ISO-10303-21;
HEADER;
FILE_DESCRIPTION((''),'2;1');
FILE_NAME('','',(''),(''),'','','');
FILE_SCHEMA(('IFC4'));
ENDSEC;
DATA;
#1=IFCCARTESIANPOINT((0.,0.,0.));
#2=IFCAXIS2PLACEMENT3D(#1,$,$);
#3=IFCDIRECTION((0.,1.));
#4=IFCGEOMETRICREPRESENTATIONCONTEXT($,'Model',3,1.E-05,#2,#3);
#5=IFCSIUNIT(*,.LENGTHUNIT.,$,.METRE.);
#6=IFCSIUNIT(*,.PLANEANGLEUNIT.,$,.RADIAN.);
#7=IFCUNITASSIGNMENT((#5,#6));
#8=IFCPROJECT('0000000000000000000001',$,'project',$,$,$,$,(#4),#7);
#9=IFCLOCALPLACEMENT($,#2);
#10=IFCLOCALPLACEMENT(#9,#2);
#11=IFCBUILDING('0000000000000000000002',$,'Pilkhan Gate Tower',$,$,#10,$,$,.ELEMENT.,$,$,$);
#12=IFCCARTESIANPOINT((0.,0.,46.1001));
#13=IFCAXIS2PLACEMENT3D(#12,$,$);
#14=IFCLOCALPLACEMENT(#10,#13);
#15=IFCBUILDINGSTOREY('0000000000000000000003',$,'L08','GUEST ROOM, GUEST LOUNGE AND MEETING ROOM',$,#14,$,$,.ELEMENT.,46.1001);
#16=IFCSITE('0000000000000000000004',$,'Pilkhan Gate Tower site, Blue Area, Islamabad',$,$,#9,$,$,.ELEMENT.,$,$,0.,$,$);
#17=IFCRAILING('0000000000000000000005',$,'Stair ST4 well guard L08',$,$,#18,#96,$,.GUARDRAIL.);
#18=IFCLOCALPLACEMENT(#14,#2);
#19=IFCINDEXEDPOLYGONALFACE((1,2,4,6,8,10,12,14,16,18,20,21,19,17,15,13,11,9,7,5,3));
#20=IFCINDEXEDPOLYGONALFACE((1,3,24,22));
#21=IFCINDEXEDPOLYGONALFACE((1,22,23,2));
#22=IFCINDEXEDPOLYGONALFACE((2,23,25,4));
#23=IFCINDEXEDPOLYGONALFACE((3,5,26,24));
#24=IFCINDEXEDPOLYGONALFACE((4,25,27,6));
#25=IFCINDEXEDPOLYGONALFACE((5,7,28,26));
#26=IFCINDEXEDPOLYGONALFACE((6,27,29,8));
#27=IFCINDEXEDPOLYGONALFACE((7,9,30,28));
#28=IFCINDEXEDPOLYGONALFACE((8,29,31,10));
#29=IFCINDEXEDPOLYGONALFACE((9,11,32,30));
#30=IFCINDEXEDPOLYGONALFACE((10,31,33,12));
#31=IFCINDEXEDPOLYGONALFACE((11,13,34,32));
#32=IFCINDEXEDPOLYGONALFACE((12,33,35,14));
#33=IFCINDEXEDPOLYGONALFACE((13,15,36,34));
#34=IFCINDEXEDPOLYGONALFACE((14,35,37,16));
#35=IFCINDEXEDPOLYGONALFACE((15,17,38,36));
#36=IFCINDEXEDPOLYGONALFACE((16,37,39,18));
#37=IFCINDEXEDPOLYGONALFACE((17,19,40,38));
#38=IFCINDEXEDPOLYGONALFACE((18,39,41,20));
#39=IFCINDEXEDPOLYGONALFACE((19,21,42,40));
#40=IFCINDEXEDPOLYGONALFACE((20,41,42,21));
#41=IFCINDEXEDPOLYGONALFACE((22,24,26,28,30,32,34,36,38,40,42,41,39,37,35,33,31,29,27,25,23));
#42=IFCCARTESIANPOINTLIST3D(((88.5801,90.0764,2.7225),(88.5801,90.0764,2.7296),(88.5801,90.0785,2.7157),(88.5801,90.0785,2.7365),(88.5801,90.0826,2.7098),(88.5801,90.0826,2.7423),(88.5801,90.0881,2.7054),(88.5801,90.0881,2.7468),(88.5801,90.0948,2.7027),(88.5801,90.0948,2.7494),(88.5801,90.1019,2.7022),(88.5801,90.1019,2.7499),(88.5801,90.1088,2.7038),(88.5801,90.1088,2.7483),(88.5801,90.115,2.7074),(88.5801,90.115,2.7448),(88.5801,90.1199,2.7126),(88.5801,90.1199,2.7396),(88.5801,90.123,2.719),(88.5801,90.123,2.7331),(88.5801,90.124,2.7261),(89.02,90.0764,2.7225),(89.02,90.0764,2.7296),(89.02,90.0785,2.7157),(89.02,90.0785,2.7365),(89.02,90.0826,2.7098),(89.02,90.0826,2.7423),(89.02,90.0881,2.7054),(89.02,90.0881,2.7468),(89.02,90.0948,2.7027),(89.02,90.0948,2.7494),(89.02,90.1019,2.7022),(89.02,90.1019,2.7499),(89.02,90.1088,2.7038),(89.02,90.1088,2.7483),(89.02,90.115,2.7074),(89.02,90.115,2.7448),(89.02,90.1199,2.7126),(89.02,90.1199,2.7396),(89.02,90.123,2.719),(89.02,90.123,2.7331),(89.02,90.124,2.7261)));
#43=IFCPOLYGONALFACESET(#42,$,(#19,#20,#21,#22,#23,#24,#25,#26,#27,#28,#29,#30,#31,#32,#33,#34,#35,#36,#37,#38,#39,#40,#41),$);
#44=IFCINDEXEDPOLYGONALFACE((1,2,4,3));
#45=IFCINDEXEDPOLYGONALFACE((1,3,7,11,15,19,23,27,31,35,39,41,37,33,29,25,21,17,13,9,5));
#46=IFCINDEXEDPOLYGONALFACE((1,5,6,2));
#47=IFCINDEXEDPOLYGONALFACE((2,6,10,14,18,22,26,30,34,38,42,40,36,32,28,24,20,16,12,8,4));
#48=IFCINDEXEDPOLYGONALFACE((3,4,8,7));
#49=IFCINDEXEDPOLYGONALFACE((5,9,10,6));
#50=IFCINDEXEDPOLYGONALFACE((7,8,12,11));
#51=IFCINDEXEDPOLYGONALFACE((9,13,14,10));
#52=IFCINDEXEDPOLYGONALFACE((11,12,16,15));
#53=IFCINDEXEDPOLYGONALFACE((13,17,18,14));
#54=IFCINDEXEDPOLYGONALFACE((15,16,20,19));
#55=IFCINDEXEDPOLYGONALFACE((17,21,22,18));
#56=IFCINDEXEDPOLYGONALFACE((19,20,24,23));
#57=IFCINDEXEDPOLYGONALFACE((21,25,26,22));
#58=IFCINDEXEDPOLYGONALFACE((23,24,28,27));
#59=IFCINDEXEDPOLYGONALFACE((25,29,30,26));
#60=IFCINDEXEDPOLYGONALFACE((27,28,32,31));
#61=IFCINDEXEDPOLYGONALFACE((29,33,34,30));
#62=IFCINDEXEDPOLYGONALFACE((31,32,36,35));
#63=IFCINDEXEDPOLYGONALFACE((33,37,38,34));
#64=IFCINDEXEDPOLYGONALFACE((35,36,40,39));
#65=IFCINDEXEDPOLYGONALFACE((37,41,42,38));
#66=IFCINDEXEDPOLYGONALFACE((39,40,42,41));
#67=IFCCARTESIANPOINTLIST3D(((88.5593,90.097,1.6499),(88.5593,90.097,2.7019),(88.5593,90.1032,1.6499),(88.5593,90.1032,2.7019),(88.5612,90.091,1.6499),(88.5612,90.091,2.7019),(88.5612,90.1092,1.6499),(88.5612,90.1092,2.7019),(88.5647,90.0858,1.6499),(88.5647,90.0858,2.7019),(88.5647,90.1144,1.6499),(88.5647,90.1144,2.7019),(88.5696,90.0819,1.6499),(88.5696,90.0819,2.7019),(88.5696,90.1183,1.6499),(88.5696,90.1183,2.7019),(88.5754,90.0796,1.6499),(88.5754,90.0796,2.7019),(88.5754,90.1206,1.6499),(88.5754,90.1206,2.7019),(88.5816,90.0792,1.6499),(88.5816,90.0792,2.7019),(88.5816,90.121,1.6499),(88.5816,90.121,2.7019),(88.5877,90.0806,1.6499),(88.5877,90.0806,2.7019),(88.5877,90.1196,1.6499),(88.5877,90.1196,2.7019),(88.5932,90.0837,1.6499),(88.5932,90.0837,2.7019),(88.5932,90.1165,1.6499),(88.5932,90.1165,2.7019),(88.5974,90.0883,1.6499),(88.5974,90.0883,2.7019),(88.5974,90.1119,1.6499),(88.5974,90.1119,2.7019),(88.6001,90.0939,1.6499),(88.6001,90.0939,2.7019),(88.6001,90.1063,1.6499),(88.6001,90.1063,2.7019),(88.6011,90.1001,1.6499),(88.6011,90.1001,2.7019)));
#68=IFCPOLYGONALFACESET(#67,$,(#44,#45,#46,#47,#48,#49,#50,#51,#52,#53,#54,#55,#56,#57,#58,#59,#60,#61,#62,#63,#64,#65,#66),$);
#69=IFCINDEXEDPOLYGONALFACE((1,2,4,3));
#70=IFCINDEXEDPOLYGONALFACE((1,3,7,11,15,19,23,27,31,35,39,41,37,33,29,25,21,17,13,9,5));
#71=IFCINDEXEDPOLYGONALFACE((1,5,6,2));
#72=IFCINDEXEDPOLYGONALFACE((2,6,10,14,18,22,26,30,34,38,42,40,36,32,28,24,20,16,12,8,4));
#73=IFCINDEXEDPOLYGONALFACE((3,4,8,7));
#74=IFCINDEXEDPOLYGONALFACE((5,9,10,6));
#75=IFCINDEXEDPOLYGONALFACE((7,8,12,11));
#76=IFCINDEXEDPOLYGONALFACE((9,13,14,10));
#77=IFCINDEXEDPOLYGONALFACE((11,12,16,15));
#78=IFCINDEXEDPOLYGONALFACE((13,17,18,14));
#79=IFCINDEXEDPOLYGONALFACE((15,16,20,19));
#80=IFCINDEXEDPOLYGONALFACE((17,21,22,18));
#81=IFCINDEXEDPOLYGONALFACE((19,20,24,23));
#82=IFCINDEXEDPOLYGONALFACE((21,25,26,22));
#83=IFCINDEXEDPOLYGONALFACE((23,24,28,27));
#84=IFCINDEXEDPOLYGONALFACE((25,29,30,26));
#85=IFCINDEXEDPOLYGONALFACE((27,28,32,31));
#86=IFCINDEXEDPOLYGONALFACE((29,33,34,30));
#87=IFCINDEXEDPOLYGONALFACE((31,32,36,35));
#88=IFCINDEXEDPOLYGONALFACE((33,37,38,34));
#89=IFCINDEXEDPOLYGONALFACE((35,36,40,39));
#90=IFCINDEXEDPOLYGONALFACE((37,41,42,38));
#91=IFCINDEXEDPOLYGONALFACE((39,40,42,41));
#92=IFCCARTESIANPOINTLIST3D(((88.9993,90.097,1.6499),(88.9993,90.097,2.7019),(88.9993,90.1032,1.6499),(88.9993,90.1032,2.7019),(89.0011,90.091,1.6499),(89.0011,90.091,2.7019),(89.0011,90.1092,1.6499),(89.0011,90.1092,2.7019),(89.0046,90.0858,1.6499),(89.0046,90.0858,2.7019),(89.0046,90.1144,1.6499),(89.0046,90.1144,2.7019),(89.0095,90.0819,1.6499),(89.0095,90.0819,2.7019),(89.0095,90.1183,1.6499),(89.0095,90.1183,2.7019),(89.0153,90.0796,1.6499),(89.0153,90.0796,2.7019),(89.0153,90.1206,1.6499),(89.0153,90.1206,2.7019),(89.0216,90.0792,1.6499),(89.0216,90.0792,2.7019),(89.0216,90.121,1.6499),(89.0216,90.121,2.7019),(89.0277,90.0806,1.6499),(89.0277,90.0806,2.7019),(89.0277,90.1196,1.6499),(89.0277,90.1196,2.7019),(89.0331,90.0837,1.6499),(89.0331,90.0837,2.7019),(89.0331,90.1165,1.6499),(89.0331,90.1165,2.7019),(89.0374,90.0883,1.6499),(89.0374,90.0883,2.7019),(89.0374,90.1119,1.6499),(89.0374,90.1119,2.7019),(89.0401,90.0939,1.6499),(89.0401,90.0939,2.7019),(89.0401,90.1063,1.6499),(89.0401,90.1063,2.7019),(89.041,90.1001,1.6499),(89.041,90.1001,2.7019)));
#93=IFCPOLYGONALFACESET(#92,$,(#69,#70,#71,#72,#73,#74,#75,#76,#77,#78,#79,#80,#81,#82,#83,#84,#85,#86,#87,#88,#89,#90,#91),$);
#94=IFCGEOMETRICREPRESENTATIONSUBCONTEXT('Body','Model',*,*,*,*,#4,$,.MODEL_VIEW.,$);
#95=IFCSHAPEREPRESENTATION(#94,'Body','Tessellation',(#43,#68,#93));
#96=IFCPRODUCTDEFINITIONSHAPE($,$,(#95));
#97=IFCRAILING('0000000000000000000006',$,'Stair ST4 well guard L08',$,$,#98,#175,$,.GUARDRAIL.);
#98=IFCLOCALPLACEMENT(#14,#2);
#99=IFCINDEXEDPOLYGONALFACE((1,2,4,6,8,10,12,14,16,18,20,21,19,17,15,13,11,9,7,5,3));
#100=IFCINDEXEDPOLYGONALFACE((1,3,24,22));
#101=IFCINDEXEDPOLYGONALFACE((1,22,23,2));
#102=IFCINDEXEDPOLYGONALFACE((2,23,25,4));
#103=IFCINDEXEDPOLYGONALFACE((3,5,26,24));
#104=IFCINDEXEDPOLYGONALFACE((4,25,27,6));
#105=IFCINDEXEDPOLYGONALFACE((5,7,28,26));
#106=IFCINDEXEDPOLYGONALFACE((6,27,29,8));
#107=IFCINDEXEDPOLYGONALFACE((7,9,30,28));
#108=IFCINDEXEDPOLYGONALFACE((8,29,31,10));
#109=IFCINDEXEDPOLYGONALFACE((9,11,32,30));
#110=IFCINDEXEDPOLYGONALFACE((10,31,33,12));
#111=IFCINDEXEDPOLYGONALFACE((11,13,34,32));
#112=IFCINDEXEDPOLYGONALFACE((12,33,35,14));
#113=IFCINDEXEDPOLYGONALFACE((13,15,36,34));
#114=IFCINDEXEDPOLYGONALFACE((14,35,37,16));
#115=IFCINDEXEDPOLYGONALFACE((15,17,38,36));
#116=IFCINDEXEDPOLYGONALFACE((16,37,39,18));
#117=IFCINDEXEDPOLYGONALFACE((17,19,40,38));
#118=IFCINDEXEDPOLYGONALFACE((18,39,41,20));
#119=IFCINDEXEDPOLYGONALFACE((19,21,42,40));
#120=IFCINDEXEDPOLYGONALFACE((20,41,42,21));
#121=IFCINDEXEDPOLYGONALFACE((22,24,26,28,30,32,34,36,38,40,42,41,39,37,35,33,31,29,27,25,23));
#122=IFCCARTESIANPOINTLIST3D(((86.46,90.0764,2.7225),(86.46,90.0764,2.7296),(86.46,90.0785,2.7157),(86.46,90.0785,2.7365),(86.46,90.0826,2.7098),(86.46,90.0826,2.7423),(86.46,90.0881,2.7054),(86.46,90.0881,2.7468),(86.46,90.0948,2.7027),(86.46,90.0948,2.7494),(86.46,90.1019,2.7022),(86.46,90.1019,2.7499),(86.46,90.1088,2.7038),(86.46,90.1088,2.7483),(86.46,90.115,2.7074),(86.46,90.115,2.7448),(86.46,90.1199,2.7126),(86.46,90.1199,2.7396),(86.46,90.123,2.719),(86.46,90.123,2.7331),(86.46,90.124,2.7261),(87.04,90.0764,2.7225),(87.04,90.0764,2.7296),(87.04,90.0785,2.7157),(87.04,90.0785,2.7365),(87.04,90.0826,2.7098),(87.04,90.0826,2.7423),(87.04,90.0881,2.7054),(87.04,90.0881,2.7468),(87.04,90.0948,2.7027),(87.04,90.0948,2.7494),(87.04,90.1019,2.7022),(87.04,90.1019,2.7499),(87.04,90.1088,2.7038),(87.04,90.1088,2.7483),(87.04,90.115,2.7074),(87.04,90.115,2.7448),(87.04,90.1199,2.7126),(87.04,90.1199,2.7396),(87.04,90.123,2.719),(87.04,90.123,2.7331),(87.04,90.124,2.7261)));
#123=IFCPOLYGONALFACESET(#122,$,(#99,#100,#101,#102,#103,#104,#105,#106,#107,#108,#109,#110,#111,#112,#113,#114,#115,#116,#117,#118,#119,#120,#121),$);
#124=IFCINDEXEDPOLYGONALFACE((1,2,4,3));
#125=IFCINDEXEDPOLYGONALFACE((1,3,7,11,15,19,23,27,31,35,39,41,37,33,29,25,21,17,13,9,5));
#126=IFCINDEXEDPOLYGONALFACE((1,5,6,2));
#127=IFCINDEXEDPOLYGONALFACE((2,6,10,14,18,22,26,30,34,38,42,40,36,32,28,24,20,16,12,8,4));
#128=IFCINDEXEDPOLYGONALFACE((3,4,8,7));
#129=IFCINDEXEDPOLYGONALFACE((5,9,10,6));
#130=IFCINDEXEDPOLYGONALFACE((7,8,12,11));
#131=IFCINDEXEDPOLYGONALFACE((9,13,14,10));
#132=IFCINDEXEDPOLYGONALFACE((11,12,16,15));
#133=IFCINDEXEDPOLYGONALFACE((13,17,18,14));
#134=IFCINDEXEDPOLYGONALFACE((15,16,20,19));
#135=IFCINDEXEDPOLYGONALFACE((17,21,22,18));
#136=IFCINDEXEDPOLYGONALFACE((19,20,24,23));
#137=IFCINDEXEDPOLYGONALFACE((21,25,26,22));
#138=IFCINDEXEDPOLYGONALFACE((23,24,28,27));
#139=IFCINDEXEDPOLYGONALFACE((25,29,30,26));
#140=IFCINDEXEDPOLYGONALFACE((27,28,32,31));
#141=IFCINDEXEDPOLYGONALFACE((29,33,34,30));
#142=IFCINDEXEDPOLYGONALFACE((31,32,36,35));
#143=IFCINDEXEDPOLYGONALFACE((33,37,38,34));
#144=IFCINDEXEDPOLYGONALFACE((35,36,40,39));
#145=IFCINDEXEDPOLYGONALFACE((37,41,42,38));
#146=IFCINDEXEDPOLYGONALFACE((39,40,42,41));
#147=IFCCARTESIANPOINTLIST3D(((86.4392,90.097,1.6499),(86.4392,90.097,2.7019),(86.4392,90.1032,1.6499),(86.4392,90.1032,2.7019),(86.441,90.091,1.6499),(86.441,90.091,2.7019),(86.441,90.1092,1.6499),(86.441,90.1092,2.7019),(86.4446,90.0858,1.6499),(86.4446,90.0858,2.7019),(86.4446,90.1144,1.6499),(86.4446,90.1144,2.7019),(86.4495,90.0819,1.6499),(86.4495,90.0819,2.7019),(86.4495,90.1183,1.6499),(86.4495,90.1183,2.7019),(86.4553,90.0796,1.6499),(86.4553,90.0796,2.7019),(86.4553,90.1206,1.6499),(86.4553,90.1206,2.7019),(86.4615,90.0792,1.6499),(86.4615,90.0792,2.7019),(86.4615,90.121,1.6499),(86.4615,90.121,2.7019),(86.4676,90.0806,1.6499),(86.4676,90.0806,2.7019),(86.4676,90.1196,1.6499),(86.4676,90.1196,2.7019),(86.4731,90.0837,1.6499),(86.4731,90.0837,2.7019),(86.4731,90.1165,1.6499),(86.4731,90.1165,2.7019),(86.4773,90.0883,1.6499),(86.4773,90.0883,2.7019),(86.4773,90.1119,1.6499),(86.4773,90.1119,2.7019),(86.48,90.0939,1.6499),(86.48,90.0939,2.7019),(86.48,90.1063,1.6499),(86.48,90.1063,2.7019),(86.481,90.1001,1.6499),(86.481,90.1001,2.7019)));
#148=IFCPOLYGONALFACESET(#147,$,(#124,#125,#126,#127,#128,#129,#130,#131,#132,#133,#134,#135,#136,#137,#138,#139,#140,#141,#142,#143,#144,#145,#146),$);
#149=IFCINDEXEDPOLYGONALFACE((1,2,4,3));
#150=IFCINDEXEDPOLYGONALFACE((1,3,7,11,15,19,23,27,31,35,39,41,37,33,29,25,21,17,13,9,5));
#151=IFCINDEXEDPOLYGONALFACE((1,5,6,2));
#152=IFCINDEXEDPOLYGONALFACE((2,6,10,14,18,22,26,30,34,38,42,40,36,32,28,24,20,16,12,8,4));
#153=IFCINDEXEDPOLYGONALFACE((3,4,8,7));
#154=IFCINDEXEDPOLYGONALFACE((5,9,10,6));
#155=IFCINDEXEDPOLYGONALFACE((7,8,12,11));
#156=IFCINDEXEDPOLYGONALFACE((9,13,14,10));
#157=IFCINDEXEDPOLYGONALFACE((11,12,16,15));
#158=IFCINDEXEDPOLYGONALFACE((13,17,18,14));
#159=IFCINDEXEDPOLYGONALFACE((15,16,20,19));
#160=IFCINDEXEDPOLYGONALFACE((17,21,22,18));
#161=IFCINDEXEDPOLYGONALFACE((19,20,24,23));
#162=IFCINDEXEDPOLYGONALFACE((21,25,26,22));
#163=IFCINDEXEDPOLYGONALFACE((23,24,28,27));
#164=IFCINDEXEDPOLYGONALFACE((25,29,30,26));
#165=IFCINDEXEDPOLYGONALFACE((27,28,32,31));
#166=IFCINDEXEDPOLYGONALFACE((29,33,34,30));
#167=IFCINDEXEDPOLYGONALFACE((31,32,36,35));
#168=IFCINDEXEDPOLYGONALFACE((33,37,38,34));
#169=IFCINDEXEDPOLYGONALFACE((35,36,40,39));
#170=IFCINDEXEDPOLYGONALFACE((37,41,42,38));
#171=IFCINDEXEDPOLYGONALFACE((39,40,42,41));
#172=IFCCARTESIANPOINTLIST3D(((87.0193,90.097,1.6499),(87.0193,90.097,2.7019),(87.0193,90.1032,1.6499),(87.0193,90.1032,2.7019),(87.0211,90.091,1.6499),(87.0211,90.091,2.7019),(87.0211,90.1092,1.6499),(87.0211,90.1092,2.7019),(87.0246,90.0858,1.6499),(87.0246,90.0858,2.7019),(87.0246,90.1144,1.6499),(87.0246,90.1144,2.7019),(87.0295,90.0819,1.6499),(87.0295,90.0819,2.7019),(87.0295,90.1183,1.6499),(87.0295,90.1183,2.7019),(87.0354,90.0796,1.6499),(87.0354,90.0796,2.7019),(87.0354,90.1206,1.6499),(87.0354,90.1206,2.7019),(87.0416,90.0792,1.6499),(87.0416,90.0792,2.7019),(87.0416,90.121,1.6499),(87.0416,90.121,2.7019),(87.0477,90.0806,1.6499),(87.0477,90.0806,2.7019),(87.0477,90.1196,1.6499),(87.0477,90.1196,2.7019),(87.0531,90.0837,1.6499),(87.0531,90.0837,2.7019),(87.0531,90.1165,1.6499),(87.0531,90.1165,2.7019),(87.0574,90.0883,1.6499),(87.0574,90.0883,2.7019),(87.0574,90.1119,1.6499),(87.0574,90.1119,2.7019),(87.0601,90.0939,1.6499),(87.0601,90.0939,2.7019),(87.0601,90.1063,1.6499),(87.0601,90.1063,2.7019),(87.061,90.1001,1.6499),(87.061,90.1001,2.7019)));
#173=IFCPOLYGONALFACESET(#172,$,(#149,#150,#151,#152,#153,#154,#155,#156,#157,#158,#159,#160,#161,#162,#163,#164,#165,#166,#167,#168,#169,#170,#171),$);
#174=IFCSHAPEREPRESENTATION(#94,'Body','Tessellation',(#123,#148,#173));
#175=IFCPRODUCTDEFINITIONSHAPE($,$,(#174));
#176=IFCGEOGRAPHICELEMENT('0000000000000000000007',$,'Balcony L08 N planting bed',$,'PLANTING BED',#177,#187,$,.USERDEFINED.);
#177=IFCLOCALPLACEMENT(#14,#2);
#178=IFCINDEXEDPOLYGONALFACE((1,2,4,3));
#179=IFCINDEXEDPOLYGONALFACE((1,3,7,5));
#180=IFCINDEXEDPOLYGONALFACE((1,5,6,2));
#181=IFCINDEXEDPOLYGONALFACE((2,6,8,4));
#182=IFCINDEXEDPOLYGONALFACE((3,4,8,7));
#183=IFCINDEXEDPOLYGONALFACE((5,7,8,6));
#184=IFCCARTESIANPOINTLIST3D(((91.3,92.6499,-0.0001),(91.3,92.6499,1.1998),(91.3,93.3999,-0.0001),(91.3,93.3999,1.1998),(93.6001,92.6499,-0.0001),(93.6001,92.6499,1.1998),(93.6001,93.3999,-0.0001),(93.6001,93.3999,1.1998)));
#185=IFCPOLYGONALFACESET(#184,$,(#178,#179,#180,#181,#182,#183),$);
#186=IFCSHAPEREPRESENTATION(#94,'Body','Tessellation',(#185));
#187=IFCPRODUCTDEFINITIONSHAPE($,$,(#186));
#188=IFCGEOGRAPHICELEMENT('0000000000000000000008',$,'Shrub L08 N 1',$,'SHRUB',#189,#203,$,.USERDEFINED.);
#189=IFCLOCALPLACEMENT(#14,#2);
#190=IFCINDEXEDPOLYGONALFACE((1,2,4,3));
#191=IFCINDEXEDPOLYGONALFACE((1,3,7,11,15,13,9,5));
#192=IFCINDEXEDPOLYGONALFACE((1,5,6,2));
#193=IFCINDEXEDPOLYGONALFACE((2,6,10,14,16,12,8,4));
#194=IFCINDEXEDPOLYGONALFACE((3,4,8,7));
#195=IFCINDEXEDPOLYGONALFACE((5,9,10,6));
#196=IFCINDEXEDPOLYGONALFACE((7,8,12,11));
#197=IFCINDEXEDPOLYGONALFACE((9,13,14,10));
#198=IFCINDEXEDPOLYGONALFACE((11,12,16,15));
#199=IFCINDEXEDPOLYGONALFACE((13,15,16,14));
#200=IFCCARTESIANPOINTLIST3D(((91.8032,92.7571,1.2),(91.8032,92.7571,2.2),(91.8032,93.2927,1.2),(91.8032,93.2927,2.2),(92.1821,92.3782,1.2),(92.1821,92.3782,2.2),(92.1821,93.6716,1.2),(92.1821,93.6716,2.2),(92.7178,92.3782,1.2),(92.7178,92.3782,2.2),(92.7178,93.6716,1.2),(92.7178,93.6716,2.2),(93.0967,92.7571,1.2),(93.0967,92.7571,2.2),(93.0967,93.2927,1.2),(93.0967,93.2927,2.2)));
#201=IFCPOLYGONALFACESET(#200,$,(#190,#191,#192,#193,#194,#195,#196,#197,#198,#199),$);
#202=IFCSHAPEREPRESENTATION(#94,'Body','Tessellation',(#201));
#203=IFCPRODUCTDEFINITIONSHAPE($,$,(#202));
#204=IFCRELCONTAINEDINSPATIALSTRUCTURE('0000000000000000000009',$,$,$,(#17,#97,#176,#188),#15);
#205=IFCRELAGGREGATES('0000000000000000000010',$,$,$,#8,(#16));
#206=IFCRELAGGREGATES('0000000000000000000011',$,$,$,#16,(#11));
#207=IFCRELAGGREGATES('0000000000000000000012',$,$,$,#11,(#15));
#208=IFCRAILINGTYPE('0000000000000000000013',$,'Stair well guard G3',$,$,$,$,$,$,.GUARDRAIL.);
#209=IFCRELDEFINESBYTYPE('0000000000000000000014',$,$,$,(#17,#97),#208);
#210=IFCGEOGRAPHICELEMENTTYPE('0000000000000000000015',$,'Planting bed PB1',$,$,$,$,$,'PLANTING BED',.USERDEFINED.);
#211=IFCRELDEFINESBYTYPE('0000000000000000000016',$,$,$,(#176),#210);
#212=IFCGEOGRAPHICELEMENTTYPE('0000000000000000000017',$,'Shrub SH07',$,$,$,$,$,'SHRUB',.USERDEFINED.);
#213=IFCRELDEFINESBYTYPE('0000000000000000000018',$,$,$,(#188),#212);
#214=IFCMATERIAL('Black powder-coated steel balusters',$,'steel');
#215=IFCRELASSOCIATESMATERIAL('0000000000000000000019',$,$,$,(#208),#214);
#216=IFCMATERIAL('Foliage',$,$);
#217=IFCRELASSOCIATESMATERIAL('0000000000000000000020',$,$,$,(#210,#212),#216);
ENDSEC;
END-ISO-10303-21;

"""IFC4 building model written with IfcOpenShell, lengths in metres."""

from ifc_helpers import new_model, si_unit, direction, frame, origin, origin_2d, place, context, subcontext, project, spatial, polyline, rectangle, circle, outline, extrude, material, material_profile, profile_set, type_object, element, save


model = new_model("IFC4")

# Units and contexts
model_context = context("Model", 3, precision=1e-05, world=origin(), true_north=direction((0.0, 1.0)))
body_context = subcontext(model_context, "Body", "Model", "MODEL_VIEW")
ifc_project = project(units=[si_unit("LENGTHUNIT", "METRE"), si_unit("PLANEANGLEUNIT", "RADIAN")], contexts=[model_context])

# Site, building, storey
site_placement = place(None, origin())
site = spatial("IfcSite", under=ifc_project, at=site_placement, Name="Pilkhan Gate Tower site, Blue Area, Islamabad", CompositionType="ELEMENT", RefElevation=0.0)
building_placement = place(site_placement, origin())
building = spatial("IfcBuilding", under=site, at=building_placement, Name="Pilkhan Gate Tower", CompositionType="ELEMENT")
storey_placement = place(building_placement, frame((0.0, 0.0, 46.1001)))
storey = spatial("IfcBuildingStorey", under=building, at=storey_placement, Name="L08", Description="GUEST ROOM, GUEST LOUNGE AND MEETING ROOM", CompositionType="ELEMENT", Elevation=46.1001)

# Railings
ifc_material_1 = material(Name="Black powder-coated steel balusters", Category="steel")
railing_type_1 = type_object("IfcRailingType", Name="Stair well guard G3", PredefinedType="GUARDRAIL", material=ifc_material_1)
railing_1_placement = place(storey_placement, frame((88.5801, 90.1001, 1.6499)))
element("IfcRailing", 1, at=railing_1_placement, inside=storey, type_object=railing_type_1, Name="Stair ST4 well guard L08", PredefinedType="GUARDRAIL", context=body_context, shape_type="SweptSolid", body=[
    extrude(circle(Radius=0.0239, at=origin_2d()), frame((0.0, 0.0, 1.0762), z_axis=(1.0, 0.0, 0.0), x_axis=(0.0, 1.0, 0.0)), (0.0, 0.0, 1.0), 0.4399),
    extrude(circle(Radius=0.021, at=origin_2d()), origin(), (0.0, 0.0, 1.0), 1.052),
    extrude(circle(Radius=0.021, at=origin_2d()), frame((0.4399, 0.0, 0.0)), (0.0, 0.0, 1.0), 1.052),
])
railing_2_placement = place(storey_placement, frame((86.46, 90.1001, 1.6499)))
element("IfcRailing", 2, at=railing_2_placement, inside=storey, type_object=railing_type_1, Name="Stair ST4 well guard L08", PredefinedType="GUARDRAIL", context=body_context, shape_type="SweptSolid", body=[
    extrude(circle(Radius=0.0239, at=origin_2d()), frame((0.0, 0.0, 1.0762), z_axis=(1.0, 0.0, 0.0), x_axis=(0.0, 1.0, 0.0)), (0.0, 0.0, 1.0), 0.5801),
    extrude(circle(Radius=0.021, at=origin_2d()), origin(), (0.0, 0.0, 1.0), 1.052),
    extrude(circle(Radius=0.021, at=origin_2d()), frame((0.5801, 0.0, 0.0)), (0.0, 0.0, 1.0), 1.052),
])

# Geographic elements
ifc_material_2 = material(Name="Foliage")
ifc_material_profile_1 = material_profile(ifc_material_2, rectangle(XDim=0.75, YDim=1.2, at=origin_2d()), Name="Bed 750x1200")
ifc_profile_set_1 = profile_set([ifc_material_profile_1], Name="Foliage")
geographic_element_type_1 = type_object("IfcGeographicElementType", Name="Planting bed PB1", ElementType="PLANTING BED", PredefinedType="USERDEFINED", material=ifc_profile_set_1)
geographic_element_1_placement = place(storey_placement, frame((91.3, 93.0249, 0.5999), z_axis=(1.0, 0.0, 0.0), x_axis=(0.0, 1.0, 0.0)))
element("IfcGeographicElement", 3, at=geographic_element_1_placement, inside=storey, type_object=geographic_element_type_1, Name="Balcony L08 N planting bed", ObjectType="PLANTING BED", PredefinedType="USERDEFINED", context=body_context, shape_type="SweptSolid", body=[
    extrude(rectangle(XDim=0.75, YDim=1.2, at=origin_2d()), origin(), (0.0, 0.0, 1.0), 2.3),
])
ifc_material_profile_2 = material_profile(ifc_material_2, outline(polyline([(0.6467, 0.2678), (0.2678, 0.6467), (-0.2678, 0.6467), (-0.6467, 0.2678), (-0.6467, -0.2678), (-0.2678, -0.6467), (0.2678, -0.6467), (0.6467, -0.2678), (0.6467, 0.2678)])), Name="Shrub D1.4")
ifc_profile_set_2 = profile_set([ifc_material_profile_2], Name="Foliage")
geographic_element_type_2 = type_object("IfcGeographicElementType", Name="Shrub SH07", ElementType="SHRUB", PredefinedType="USERDEFINED", material=ifc_profile_set_2)
geographic_element_2_placement = place(storey_placement, frame((92.45, 93.0249, 1.2), z_axis=(0.0, 0.0, 1.0), x_axis=(1.0, 0.0, 0.0)))
element("IfcGeographicElement", 4, at=geographic_element_2_placement, inside=storey, type_object=geographic_element_type_2, Name="Shrub L08 N 1", ObjectType="SHRUB", PredefinedType="USERDEFINED", context=body_context, shape_type="SweptSolid", body=[
    extrude(outline(polyline([(0.6467, 0.2678), (0.2678, 0.6467), (-0.2678, 0.6467), (-0.6467, 0.2678), (-0.6467, -0.2678), (-0.2678, -0.6467), (0.2678, -0.6467), (0.6467, -0.2678), (0.6467, 0.2678)])), origin(), (0.0, 0.0, 1.0), 1.0),
])

save(model, "model.ifc")
